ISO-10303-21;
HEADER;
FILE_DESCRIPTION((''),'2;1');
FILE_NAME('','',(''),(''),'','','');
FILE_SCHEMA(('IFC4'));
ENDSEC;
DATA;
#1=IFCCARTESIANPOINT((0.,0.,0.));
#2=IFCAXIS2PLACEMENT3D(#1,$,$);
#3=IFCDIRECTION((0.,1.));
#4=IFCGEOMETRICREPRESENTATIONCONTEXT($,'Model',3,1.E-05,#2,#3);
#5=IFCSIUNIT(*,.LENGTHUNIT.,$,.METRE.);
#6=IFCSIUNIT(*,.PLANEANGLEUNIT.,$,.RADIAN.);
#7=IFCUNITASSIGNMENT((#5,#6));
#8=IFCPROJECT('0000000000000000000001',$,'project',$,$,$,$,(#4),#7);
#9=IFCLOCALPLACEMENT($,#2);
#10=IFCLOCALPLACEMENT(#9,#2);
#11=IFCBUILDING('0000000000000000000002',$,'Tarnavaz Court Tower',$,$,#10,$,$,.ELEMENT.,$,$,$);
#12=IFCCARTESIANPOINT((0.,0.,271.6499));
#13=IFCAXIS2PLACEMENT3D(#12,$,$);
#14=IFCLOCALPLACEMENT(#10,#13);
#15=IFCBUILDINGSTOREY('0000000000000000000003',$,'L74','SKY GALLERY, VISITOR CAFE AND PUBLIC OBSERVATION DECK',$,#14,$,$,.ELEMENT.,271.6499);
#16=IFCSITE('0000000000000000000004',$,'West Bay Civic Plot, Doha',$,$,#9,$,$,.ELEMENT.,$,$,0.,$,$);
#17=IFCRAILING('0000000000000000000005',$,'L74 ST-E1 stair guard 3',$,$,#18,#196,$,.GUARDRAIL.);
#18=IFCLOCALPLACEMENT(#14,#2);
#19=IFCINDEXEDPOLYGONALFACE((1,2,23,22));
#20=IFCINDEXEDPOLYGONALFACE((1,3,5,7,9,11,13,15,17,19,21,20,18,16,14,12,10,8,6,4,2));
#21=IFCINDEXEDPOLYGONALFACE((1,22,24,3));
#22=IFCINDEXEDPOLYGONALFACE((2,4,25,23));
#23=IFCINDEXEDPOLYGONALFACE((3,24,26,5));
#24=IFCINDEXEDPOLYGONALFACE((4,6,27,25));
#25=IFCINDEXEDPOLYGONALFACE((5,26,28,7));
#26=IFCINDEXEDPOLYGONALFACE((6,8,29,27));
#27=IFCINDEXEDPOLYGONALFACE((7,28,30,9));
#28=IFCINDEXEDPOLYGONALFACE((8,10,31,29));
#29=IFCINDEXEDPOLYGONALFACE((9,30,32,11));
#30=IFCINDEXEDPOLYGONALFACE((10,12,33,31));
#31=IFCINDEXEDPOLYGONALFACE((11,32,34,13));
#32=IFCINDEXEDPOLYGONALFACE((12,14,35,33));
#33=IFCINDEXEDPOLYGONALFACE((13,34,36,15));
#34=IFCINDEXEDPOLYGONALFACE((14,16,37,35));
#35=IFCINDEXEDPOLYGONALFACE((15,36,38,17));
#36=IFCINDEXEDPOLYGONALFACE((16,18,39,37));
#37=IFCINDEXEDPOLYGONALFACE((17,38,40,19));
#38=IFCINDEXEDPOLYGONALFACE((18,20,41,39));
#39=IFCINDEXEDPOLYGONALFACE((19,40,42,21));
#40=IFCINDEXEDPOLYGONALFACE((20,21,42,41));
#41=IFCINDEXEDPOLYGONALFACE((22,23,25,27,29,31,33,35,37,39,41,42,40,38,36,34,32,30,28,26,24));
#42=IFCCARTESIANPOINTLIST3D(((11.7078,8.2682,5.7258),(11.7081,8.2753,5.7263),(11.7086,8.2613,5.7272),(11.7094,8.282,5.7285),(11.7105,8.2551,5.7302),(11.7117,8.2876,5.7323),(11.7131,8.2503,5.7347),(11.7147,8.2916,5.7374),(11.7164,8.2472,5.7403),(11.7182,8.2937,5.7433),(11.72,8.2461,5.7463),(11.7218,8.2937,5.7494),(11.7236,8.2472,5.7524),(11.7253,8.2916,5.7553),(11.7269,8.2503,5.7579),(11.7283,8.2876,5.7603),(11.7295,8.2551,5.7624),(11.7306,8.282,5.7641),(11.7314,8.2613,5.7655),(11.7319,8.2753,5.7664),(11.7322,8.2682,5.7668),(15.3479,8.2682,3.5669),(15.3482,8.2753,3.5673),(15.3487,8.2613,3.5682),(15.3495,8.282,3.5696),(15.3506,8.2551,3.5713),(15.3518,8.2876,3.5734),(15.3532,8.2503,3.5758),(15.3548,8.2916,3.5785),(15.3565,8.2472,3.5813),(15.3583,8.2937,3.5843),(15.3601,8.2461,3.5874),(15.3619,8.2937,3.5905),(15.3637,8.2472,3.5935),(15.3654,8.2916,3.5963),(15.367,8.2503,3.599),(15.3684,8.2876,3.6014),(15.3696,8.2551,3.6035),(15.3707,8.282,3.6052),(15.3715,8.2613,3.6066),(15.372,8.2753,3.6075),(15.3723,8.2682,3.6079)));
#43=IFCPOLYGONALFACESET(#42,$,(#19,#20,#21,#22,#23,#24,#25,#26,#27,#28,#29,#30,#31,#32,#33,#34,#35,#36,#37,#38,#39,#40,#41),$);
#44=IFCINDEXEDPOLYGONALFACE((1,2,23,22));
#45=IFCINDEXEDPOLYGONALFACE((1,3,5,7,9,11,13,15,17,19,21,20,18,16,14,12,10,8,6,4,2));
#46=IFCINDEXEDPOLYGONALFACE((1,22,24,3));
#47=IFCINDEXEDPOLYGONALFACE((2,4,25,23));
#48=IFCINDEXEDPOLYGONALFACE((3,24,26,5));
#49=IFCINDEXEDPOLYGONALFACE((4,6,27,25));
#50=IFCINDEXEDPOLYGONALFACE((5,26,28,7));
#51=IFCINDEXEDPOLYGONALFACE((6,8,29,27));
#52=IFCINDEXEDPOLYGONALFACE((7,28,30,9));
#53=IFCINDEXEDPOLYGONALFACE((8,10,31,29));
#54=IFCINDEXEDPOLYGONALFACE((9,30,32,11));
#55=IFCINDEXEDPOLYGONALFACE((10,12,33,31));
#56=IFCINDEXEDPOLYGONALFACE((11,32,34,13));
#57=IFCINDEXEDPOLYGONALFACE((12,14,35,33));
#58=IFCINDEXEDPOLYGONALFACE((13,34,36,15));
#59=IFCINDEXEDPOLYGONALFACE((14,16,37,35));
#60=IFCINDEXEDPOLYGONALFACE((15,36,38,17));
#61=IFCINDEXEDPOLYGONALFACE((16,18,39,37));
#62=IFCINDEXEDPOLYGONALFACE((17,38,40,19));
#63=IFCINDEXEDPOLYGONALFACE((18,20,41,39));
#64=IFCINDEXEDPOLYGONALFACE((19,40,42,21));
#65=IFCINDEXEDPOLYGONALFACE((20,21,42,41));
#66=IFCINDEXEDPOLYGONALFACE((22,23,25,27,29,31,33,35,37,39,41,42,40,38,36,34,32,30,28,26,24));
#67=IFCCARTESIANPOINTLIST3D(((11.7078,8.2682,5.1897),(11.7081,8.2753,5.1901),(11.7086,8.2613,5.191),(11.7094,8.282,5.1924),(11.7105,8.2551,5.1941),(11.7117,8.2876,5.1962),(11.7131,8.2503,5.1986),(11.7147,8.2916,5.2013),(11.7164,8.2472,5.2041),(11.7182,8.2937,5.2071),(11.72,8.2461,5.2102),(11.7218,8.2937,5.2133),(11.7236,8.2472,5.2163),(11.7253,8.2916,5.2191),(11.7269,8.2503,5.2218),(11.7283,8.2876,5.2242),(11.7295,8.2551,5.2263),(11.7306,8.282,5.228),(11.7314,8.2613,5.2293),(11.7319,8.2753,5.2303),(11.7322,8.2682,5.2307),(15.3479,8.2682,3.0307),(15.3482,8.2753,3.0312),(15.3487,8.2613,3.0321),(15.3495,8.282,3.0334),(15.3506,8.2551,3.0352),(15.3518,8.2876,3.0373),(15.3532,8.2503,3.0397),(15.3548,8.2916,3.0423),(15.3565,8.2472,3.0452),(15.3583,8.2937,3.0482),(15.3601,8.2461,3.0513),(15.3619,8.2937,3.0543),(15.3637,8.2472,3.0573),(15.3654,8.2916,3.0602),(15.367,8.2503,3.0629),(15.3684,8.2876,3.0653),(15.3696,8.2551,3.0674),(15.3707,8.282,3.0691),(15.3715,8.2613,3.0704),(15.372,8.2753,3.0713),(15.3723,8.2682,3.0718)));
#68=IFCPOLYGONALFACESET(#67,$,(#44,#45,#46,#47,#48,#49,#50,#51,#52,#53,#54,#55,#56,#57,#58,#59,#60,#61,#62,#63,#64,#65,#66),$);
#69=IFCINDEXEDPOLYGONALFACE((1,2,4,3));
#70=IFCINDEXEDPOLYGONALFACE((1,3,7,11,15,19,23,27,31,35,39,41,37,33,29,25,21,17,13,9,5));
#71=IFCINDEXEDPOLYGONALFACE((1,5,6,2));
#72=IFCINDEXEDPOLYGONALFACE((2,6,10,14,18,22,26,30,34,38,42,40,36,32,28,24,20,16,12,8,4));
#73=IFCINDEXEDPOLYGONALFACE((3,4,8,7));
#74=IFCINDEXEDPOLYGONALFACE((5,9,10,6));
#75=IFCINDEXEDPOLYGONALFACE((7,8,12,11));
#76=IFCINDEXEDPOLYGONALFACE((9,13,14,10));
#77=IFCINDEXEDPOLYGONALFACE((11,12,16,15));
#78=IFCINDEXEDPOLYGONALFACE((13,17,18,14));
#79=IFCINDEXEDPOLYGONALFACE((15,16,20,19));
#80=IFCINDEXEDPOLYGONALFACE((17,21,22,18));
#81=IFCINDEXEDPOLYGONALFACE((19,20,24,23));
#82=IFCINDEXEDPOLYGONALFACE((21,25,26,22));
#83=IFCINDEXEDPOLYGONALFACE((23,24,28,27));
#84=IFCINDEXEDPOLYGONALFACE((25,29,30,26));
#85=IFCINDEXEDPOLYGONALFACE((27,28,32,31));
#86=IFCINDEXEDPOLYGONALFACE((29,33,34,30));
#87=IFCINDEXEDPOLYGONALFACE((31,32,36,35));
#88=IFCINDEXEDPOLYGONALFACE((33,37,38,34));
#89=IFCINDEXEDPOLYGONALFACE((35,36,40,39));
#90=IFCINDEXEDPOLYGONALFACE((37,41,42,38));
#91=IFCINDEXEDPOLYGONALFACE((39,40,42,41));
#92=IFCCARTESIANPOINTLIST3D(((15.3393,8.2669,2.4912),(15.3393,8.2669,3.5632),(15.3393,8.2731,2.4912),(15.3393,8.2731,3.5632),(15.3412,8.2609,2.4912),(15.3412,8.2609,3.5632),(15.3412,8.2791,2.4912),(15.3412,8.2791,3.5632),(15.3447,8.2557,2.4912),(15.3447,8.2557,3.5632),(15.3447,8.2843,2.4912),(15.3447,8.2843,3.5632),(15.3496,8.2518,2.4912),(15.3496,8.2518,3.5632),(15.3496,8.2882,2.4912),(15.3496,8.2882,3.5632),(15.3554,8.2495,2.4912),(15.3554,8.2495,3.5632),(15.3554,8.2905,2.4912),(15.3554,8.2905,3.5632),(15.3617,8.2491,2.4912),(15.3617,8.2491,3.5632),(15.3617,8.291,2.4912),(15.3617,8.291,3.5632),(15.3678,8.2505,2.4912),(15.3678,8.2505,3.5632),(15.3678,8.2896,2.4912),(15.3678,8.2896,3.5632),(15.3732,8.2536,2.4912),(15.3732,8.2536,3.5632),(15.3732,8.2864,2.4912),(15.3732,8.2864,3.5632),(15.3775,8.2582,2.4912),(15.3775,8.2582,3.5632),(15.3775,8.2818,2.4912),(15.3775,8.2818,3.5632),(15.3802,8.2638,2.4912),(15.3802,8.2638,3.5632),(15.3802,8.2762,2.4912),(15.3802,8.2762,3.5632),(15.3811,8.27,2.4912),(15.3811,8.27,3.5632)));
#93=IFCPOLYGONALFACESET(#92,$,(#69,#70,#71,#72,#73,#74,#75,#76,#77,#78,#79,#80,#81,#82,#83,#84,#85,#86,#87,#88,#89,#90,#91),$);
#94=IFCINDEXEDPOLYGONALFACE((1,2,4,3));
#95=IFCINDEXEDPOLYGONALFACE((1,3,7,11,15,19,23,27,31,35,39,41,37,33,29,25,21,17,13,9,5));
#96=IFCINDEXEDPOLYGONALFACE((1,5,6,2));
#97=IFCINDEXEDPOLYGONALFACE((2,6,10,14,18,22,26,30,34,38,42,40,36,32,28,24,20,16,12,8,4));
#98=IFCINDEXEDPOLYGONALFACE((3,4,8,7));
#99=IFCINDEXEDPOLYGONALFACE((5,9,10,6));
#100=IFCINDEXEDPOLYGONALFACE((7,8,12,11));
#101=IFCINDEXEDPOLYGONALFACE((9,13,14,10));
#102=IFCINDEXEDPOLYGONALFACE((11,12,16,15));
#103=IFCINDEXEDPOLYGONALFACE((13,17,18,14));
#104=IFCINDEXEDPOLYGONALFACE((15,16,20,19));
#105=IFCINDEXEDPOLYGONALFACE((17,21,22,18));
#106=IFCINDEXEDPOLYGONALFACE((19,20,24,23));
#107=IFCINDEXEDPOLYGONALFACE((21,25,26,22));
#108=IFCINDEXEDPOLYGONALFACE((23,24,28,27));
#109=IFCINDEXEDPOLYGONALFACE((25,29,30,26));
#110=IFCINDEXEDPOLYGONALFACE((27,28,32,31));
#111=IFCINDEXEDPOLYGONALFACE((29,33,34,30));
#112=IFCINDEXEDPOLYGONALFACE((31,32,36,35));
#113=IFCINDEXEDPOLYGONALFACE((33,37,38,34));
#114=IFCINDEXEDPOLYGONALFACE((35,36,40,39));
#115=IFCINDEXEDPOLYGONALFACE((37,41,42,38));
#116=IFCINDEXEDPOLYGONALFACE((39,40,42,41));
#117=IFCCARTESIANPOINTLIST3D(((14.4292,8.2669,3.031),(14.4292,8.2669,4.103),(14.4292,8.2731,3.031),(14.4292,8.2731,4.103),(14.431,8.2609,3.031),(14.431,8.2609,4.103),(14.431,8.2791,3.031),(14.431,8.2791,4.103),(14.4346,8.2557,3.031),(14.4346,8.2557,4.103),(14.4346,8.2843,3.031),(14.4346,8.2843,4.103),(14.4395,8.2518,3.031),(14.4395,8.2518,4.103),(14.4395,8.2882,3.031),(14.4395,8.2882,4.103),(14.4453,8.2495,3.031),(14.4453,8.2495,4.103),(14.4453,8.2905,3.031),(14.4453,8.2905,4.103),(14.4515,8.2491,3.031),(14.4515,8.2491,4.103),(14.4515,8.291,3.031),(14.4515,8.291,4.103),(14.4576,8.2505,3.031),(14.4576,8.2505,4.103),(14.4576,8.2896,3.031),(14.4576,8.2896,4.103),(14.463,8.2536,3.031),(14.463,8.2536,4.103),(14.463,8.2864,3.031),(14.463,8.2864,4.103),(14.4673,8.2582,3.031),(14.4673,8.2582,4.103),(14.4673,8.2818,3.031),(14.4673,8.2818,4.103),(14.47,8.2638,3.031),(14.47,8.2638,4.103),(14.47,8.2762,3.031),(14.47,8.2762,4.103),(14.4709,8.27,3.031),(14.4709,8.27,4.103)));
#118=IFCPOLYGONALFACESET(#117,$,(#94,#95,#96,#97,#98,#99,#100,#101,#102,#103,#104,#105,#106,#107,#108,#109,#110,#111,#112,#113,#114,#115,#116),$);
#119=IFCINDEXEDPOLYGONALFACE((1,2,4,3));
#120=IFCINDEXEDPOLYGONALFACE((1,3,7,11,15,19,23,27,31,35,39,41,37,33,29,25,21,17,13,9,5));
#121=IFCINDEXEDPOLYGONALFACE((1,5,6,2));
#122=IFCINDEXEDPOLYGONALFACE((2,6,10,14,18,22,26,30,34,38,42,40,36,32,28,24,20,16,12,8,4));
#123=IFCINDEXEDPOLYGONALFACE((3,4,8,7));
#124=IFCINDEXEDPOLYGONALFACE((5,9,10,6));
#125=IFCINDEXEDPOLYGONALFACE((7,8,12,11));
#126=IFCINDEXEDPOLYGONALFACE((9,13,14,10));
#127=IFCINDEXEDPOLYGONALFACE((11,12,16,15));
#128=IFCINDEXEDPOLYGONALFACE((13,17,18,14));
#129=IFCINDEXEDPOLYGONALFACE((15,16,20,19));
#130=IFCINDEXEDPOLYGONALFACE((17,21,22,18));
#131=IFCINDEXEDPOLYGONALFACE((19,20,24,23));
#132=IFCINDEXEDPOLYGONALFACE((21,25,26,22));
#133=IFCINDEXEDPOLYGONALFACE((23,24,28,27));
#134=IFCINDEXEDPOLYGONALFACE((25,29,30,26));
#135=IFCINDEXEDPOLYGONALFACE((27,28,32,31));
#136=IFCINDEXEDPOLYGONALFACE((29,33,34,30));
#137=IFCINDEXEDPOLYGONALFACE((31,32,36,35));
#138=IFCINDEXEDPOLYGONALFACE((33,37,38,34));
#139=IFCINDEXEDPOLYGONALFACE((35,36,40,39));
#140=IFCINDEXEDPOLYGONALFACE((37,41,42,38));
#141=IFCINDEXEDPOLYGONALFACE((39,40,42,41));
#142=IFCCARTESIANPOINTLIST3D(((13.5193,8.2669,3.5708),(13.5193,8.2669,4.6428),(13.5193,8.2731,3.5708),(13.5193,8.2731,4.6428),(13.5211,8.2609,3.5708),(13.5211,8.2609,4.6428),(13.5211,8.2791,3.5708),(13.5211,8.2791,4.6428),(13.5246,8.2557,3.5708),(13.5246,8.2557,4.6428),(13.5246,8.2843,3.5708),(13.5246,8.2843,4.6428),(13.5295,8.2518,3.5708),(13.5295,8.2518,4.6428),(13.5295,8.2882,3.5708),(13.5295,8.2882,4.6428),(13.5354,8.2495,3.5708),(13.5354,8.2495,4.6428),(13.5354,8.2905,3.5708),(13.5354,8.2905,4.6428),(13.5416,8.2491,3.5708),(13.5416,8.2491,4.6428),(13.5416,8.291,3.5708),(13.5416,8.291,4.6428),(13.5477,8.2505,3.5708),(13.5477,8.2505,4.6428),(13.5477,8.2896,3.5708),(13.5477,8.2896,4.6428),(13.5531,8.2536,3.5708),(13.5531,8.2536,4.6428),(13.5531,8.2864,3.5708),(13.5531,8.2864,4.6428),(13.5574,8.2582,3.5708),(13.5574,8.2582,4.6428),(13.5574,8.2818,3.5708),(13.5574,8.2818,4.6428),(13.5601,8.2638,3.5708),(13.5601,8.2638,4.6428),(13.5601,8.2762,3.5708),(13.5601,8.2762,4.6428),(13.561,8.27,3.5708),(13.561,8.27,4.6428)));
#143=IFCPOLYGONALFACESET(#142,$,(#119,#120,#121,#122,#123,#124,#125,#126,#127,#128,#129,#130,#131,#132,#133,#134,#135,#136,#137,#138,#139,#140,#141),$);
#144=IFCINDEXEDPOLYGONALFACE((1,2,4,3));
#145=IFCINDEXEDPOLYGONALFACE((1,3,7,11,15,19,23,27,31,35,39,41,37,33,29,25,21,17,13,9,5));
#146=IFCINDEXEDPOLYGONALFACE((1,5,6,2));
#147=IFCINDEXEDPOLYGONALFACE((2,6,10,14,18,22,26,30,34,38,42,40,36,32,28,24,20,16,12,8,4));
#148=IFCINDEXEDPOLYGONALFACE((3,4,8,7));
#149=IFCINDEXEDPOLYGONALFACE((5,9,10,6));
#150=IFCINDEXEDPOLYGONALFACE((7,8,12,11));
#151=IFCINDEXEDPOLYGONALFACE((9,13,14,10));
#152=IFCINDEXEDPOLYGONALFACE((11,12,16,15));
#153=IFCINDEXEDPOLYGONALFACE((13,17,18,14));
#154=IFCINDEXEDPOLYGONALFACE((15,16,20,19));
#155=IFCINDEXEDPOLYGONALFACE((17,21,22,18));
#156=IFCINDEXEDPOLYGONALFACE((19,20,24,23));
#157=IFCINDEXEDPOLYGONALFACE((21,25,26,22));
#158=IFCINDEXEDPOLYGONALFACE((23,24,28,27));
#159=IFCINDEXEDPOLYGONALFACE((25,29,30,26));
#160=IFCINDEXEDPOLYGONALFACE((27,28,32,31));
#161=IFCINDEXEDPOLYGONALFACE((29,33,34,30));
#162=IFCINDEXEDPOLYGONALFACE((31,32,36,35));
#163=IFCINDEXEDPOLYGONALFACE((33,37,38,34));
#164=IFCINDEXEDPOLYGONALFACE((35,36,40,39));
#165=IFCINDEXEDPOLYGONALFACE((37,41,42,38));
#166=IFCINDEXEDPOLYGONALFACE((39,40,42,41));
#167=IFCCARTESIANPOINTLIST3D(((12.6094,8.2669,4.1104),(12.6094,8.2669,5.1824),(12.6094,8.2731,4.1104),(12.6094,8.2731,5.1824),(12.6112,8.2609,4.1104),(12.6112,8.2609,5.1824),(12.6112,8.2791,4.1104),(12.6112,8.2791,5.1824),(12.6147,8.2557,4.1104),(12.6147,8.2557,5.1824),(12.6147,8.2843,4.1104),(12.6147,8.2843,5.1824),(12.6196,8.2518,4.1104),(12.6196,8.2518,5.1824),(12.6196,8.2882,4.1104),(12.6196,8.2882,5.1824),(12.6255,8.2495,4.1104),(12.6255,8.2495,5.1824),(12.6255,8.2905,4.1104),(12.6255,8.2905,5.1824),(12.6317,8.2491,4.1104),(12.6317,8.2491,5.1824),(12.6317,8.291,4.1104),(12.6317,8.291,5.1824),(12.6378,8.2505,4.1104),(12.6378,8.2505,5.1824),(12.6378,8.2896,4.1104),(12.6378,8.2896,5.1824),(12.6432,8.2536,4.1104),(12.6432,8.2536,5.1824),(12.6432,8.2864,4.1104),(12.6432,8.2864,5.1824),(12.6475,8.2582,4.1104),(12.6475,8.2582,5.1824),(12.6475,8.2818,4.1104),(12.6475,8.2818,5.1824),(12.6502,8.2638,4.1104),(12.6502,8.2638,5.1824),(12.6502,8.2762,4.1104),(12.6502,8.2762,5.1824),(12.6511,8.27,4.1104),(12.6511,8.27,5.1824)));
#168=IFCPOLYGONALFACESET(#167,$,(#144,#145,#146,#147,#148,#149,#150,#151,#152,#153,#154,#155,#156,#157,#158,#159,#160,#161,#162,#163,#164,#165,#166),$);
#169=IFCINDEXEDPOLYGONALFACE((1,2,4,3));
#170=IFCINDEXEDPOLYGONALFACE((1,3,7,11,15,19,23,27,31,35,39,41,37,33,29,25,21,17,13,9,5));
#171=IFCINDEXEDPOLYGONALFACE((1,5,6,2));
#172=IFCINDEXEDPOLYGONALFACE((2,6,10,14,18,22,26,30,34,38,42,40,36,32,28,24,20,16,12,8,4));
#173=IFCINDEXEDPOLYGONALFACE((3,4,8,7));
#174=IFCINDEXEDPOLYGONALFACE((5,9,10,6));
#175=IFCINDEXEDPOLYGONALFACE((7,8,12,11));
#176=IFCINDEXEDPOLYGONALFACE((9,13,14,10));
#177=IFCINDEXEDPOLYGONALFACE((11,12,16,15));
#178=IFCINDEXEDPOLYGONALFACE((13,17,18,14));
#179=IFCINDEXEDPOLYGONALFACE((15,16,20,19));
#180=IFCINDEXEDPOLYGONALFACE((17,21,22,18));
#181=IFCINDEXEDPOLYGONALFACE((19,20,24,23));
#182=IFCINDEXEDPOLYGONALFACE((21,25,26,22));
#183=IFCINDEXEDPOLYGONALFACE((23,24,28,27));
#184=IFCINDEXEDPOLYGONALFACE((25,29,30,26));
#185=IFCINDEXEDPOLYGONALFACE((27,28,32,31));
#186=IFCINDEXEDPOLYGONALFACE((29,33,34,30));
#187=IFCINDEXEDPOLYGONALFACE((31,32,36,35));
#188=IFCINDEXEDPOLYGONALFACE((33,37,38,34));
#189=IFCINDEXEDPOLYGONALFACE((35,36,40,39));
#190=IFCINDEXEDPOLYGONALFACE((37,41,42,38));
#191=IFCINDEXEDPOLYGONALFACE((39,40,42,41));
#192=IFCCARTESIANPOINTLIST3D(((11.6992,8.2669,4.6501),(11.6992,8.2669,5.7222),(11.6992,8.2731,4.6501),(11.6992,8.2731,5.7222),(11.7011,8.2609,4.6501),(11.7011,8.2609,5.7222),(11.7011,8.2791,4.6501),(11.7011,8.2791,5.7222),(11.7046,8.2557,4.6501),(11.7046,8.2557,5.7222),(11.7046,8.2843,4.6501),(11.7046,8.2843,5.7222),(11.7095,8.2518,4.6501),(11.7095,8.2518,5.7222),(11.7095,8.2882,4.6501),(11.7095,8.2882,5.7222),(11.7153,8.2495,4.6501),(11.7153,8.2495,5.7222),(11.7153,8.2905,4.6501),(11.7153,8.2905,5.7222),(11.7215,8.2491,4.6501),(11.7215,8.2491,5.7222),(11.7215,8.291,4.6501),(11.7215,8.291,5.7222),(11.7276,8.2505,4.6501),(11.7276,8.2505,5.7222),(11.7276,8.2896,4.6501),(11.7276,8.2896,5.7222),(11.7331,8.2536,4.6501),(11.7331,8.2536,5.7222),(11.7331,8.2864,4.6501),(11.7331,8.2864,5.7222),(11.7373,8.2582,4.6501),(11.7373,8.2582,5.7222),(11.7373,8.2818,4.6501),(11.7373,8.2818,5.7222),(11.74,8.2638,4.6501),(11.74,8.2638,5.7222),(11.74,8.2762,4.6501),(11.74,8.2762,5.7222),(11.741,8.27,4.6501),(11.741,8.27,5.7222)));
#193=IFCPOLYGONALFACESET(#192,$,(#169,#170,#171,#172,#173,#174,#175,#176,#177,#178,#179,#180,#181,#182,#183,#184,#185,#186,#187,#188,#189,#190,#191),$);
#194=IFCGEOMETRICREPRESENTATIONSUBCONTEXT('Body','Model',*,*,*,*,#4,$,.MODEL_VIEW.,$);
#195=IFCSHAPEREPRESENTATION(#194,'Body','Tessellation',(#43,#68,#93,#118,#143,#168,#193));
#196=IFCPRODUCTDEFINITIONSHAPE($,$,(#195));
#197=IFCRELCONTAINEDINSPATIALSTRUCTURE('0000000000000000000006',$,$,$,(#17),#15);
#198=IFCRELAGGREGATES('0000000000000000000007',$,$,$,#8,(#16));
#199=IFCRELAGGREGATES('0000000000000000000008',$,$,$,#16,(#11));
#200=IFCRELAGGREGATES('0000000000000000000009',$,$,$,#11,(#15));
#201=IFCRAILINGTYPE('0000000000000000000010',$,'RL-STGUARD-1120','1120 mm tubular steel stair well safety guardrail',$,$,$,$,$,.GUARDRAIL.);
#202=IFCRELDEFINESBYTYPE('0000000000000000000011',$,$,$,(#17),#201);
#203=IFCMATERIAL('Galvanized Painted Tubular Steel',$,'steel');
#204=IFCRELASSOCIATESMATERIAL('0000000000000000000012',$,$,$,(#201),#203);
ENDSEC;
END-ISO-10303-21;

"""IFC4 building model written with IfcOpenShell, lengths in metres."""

from ifc_helpers import new_model, si_unit, direction, frame, origin, origin_2d, place, context, subcontext, project, spatial, circle, extrude, material, type_object, element, save


model = new_model("IFC4")

# Units and contexts
model_context = context("Model", 3, precision=1e-05, world=origin(), true_north=direction((0.0, 1.0)))
body_context = subcontext(model_context, "Body", "Model", "MODEL_VIEW")
ifc_project = project(units=[si_unit("LENGTHUNIT", "METRE"), si_unit("PLANEANGLEUNIT", "RADIAN")], contexts=[model_context])

# Site, building, storey
site_placement = place(None, origin())
site = spatial("IfcSite", under=ifc_project, at=site_placement, Name="West Bay Civic Plot, Doha", CompositionType="ELEMENT", RefElevation=0.0)
building_placement = place(site_placement, origin())
building = spatial("IfcBuilding", under=site, at=building_placement, Name="Tarnavaz Court Tower", CompositionType="ELEMENT")
storey_placement = place(building_placement, frame((0.0, 0.0, 271.6499)))
storey = spatial("IfcBuildingStorey", under=building, at=storey_placement, Name="L74", Description="SKY GALLERY, VISITOR CAFE AND PUBLIC OBSERVATION DECK", CompositionType="ELEMENT", Elevation=271.6499)

# Railing
ifc_material_1 = material(Name="Galvanized Painted Tubular Steel", Category="steel")
railing_type_1 = type_object("IfcRailingType", Name="RL-STGUARD-1120", Description="1120 mm tubular steel stair well safety guardrail", PredefinedType="GUARDRAIL", material=ifc_material_1)
railing_1_placement = place(storey_placement, frame((15.3601, 8.27, 2.4912)))
element("IfcRailing", 1, at=railing_1_placement, inside=storey, type_object=railing_type_1, Name="L74 ST-E1 stair guard 3", PredefinedType="GUARDRAIL", context=body_context, shape_type="SweptSolid", body=[
    extrude(circle(Radius=0.0239, at=origin_2d()), frame((0.0, 0.0, 1.0962), z_axis=(-0.860103, 0.0, 0.51012), x_axis=(0.0, -1.0, 0.0)), (0.0, 0.0, 1.0), 4.2322),
    extrude(circle(Radius=0.0239, at=origin_2d()), frame((0.0, 0.0, 0.5601), z_axis=(-0.860103, 0.0, 0.51012), x_axis=(0.0, -1.0, 0.0)), (0.0, 0.0, 1.0), 4.2322),
    extrude(circle(Radius=0.021, at=origin_2d()), origin(), (0.0, 0.0, 1.0), 1.072),
    extrude(circle(Radius=0.021, at=origin_2d()), frame((-0.9102, 0.0, 0.5398)), (0.0, 0.0, 1.0), 1.072),
    extrude(circle(Radius=0.021, at=origin_2d()), frame((-1.8201, 0.0, 1.0796)), (0.0, 0.0, 1.0), 1.072),
    extrude(circle(Radius=0.021, at=origin_2d()), frame((-2.73, 0.0, 1.6191)), (0.0, 0.0, 1.0), 1.072),
    extrude(circle(Radius=0.021, at=origin_2d()), frame((-3.6401, 0.0, 2.1589)), (0.0, 0.0, 1.0), 1.072),
])

save(model, "model.ifc")
